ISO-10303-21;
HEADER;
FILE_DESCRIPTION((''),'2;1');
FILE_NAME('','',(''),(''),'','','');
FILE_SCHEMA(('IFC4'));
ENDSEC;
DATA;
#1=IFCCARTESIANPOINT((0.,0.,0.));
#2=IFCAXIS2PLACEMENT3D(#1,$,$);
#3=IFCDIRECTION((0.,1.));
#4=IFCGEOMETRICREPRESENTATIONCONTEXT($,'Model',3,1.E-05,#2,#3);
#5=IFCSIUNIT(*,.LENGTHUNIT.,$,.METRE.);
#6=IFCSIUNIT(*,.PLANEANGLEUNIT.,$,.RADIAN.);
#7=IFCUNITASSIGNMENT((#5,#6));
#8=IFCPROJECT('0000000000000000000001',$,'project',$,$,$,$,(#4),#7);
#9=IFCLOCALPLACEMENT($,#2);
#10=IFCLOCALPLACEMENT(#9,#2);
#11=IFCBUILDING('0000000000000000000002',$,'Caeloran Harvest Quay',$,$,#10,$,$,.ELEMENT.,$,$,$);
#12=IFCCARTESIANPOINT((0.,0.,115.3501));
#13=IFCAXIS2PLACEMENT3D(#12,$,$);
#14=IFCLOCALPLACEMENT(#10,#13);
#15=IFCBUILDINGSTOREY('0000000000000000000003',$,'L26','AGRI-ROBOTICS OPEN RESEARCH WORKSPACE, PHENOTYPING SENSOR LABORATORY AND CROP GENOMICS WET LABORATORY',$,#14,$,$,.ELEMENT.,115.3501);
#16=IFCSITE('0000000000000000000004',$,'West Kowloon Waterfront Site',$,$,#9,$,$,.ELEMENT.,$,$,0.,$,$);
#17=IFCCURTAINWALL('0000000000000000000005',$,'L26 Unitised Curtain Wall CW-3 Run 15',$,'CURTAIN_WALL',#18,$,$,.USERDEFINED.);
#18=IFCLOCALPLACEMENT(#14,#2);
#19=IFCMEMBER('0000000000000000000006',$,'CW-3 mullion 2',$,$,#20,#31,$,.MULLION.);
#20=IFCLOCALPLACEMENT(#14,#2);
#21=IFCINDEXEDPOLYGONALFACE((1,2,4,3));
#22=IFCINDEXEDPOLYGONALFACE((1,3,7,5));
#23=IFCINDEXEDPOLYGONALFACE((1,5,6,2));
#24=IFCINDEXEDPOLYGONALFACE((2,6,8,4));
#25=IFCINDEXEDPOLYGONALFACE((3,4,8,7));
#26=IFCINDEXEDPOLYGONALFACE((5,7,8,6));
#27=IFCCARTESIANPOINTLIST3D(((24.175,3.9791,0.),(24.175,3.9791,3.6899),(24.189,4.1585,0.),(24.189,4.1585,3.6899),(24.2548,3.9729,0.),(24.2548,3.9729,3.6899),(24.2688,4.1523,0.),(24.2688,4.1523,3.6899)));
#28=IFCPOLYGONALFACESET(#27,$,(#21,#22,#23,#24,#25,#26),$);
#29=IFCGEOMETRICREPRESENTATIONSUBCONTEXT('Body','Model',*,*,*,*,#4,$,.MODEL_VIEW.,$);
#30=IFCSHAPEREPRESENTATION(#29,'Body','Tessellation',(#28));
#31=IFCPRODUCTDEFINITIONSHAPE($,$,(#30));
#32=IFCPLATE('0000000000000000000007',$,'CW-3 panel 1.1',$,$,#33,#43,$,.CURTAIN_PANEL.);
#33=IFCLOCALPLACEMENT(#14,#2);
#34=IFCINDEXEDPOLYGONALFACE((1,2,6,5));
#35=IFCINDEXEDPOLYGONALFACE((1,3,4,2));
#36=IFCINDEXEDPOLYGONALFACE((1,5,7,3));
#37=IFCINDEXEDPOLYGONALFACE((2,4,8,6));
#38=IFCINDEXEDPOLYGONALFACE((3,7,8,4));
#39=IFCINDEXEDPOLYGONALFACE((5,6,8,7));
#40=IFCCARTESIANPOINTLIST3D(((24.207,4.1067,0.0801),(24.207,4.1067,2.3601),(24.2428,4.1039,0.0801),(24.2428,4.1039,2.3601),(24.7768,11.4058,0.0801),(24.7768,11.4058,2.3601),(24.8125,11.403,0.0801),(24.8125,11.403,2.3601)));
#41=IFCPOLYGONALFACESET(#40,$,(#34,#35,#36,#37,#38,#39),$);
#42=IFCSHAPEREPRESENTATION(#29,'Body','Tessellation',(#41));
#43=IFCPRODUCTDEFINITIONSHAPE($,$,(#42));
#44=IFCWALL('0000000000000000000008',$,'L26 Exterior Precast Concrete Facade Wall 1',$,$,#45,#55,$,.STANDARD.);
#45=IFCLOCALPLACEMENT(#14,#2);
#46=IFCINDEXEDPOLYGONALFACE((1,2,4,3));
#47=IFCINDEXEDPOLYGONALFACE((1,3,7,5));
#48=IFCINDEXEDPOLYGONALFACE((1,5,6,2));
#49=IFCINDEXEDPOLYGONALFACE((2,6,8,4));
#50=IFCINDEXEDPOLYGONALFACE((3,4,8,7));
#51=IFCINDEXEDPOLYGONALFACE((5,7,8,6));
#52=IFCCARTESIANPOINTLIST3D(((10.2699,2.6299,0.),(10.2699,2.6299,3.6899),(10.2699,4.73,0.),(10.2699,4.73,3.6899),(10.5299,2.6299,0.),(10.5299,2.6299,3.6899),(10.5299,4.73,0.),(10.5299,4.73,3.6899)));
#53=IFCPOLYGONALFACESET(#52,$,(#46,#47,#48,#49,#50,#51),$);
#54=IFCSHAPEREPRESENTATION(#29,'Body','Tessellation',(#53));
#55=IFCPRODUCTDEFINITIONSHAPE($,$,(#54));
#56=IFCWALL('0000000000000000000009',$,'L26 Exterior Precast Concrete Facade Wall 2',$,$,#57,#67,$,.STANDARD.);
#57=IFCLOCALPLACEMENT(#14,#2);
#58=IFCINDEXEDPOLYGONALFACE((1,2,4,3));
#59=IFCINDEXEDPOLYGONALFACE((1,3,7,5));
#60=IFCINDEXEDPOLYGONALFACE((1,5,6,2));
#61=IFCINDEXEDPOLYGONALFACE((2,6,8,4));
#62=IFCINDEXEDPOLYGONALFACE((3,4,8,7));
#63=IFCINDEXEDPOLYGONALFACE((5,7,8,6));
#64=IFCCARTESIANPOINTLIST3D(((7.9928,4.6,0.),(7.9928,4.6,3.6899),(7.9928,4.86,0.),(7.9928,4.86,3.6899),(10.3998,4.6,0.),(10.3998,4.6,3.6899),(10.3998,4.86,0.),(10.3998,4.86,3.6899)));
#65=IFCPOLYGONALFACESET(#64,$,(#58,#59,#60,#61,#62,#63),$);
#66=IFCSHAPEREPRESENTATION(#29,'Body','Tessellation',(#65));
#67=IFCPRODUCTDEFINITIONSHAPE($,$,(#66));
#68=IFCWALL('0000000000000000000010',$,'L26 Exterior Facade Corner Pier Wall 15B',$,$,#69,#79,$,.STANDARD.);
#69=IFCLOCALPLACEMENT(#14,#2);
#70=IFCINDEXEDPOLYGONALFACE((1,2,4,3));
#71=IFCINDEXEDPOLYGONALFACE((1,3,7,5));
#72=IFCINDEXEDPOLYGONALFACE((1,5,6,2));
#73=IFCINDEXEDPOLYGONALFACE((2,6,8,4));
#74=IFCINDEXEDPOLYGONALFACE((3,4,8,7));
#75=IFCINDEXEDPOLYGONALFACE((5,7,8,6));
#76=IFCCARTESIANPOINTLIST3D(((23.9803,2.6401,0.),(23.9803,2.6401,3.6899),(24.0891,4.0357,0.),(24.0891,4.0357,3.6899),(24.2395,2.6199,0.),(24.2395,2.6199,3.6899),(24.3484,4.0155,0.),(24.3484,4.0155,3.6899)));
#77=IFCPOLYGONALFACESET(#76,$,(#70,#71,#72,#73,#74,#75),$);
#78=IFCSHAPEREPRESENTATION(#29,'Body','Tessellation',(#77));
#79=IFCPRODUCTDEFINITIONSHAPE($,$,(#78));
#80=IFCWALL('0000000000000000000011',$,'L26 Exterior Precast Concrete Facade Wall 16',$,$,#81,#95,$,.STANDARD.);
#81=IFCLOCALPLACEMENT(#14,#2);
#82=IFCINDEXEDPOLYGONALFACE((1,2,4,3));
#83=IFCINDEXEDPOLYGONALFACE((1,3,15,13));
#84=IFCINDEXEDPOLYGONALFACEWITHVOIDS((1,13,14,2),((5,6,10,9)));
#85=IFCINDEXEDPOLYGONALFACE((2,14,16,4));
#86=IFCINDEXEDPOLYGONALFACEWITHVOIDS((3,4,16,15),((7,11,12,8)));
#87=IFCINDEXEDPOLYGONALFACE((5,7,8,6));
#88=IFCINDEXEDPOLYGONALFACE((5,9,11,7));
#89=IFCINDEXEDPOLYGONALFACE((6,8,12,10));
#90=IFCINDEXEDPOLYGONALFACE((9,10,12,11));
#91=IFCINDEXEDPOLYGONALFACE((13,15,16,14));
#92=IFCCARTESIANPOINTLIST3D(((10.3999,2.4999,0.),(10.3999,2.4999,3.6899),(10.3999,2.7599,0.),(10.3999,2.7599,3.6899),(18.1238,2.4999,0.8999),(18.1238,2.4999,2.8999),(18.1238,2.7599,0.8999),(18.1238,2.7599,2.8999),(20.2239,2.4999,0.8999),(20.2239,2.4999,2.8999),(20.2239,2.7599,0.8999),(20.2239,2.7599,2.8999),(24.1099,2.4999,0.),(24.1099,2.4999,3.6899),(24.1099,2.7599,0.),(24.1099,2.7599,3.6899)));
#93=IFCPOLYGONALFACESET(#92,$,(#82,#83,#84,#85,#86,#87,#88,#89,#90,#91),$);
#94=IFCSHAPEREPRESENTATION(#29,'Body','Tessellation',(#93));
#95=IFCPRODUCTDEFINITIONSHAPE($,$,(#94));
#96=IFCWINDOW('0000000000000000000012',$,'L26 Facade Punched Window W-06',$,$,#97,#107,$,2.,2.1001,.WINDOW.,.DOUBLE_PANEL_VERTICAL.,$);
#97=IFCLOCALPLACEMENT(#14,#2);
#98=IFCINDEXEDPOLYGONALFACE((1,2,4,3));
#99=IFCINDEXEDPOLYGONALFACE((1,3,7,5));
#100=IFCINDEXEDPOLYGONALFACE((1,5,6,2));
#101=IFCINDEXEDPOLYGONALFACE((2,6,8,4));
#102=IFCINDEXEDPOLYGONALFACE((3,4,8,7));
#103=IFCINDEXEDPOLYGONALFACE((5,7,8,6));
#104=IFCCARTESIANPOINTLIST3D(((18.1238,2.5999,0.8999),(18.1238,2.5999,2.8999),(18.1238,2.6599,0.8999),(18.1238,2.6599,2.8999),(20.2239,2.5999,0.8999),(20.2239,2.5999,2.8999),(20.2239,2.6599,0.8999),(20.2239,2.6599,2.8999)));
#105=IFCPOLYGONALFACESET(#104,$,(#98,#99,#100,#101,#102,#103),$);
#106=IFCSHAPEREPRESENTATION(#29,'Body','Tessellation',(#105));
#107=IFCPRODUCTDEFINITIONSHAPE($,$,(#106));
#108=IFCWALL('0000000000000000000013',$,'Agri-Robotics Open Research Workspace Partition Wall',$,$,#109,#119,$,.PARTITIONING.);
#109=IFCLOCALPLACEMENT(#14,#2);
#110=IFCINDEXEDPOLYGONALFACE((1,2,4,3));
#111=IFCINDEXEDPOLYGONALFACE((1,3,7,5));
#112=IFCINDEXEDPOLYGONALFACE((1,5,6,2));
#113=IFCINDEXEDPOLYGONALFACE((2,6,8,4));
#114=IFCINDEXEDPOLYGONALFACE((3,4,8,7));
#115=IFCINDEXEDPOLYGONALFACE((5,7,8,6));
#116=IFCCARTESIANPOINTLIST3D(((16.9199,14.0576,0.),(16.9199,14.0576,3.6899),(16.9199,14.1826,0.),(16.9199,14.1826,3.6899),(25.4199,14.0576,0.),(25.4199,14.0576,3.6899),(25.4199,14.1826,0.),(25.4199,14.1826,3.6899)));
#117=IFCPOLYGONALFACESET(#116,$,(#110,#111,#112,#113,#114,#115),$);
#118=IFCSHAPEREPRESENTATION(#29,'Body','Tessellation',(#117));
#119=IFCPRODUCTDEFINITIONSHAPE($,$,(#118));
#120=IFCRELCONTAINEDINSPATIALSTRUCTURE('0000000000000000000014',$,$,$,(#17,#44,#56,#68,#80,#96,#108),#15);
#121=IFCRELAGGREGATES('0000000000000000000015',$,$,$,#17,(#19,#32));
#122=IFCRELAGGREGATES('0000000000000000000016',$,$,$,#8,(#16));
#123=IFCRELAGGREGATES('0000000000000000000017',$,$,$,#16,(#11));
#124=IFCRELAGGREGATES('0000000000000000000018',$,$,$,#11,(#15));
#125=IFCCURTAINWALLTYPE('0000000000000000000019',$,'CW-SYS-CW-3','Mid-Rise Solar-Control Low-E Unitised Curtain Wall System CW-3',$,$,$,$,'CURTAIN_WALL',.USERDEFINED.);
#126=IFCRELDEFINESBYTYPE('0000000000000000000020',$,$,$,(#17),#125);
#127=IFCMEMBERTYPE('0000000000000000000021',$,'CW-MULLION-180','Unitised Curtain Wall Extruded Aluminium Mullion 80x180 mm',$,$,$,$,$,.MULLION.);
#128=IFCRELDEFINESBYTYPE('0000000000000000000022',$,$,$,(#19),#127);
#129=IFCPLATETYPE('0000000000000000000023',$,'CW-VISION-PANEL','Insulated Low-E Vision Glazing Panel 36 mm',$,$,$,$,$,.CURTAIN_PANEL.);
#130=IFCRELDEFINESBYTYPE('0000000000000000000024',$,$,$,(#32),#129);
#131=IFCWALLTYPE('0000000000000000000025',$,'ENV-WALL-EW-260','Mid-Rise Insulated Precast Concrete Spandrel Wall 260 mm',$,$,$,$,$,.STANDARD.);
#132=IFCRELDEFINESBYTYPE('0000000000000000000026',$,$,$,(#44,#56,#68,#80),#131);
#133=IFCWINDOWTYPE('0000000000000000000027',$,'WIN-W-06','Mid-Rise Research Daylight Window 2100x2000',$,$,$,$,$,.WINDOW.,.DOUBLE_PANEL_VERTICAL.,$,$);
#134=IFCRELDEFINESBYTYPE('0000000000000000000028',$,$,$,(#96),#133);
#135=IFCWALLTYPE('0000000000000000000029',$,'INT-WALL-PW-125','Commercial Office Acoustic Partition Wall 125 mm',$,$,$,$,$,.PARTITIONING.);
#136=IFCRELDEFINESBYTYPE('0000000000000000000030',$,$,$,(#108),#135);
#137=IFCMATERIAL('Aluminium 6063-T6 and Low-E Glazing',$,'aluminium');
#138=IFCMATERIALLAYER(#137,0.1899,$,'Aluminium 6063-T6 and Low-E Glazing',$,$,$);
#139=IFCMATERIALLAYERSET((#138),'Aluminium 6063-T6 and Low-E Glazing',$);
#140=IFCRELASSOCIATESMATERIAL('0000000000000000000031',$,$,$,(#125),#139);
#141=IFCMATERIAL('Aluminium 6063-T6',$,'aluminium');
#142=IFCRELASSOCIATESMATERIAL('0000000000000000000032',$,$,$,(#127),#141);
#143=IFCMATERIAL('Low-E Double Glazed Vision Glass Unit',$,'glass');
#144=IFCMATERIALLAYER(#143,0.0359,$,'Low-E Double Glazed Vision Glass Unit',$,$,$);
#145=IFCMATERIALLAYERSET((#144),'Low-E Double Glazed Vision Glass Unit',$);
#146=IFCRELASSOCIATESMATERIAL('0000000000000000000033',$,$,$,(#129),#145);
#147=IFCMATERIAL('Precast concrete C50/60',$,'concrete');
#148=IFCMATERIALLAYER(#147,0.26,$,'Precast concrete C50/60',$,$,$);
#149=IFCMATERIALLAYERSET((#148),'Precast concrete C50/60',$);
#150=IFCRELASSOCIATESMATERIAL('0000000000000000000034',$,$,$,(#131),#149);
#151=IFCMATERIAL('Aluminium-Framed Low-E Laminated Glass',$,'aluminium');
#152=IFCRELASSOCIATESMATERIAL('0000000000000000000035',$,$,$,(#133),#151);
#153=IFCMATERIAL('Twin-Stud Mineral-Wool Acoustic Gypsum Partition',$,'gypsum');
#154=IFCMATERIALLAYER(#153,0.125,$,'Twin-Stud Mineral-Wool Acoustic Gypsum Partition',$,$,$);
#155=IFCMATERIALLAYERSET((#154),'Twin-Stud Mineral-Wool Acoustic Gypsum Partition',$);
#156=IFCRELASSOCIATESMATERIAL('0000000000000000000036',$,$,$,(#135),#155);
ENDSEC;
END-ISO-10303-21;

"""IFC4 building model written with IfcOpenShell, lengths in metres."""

from ifc_helpers import new_model, si_unit, direction, frame, frame_2d, origin, origin_2d, place, context, subcontext, project, spatial, rectangle, extrude, material, layer, layer_set, material_profile, profile_set, type_object, element, fill, aggregate, save


model = new_model("IFC4")

# Units and contexts
model_context = context("Model", 3, precision=1e-05, world=origin(), true_north=direction((0.0, 1.0)))
body_context = subcontext(model_context, "Body", "Model", "MODEL_VIEW")
ifc_project = project(units=[si_unit("LENGTHUNIT", "METRE"), si_unit("PLANEANGLEUNIT", "RADIAN")], contexts=[model_context])

# Site, building, storey
site_placement = place(None, origin())
site = spatial("IfcSite", under=ifc_project, at=site_placement, Name="West Kowloon Waterfront Site", CompositionType="ELEMENT", RefElevation=0.0)
building_placement = place(site_placement, origin())
building = spatial("IfcBuilding", under=site, at=building_placement, Name="Caeloran Harvest Quay", CompositionType="ELEMENT")
storey_placement = place(building_placement, frame((0.0, 0.0, 115.3501)))
storey = spatial("IfcBuildingStorey", under=building, at=storey_placement, Name="L26", Description="AGRI-ROBOTICS OPEN RESEARCH WORKSPACE, PHENOTYPING SENSOR LABORATORY AND CROP GENOMICS WET LABORATORY", CompositionType="ELEMENT", Elevation=115.3501)

# Curtain wall, member, plate
ifc_material_1 = material(Name="Aluminium 6063-T6 and Low-E Glazing", Category="aluminium")
ifc_layer_1 = layer(ifc_material_1, 0.1899, Name="Aluminium 6063-T6 and Low-E Glazing")
ifc_layer_set_1 = layer_set([ifc_layer_1], Name="Aluminium 6063-T6 and Low-E Glazing")
curtain_wall_type = type_object("IfcCurtainWallType", Name="CW-SYS-CW-3", Description="Mid-Rise Solar-Control Low-E Unitised Curtain Wall System CW-3", ElementType="CURTAIN_WALL", PredefinedType="USERDEFINED", material=ifc_layer_set_1)
curtain_wall_placement = place(storey_placement, origin())
curtain_wall = element("IfcCurtainWall", 1, at=curtain_wall_placement, inside=storey, type_object=curtain_wall_type, Name="L26 Unitised Curtain Wall CW-3 Run 15", ObjectType="CURTAIN_WALL", PredefinedType="USERDEFINED")
ifc_material_2 = material(Name="Aluminium 6063-T6", Category="aluminium")
ifc_material_profile_1 = material_profile(ifc_material_2, rectangle(XDim=0.0801, YDim=0.1799, at=origin_2d()), Name="CW-MULLION-180")
ifc_profile_set_1 = profile_set([ifc_material_profile_1], Name="Aluminium 6063-T6")
member_type = type_object("IfcMemberType", Name="CW-MULLION-180", Description="Unitised Curtain Wall Extruded Aluminium Mullion 80x180 mm", PredefinedType="MULLION", material=ifc_profile_set_1)
member_placement = place(storey_placement, frame((24.2219, 4.0657, 0.0), z_axis=(0.0, 0.0, 1.0), x_axis=(0.996967, -0.077822, 0.0)))
member = element("IfcMember", 2, at=member_placement, type_object=member_type, Name="CW-3 mullion 2", PredefinedType="MULLION", context=body_context, shape_type="SweptSolid", body=[
    extrude(rectangle(XDim=0.0801, YDim=0.1799, at=origin_2d()), origin(), (0.0, 0.0, 1.0), 3.6899),
])
ifc_material_3 = material(Name="Low-E Double Glazed Vision Glass Unit", Category="glass")
ifc_layer_2 = layer(ifc_material_3, 0.0359, Name="Low-E Double Glazed Vision Glass Unit")
ifc_layer_set_2 = layer_set([ifc_layer_2], Name="Low-E Double Glazed Vision Glass Unit")
plate_type = type_object("IfcPlateType", Name="CW-VISION-PANEL", Description="Insulated Low-E Vision Glazing Panel 36 mm", PredefinedType="CURTAIN_PANEL", material=ifc_layer_set_2)
plate_placement = place(storey_placement, frame((24.5098, 7.7549, 0.0801), z_axis=(0.0, 0.0, 1.0), x_axis=(-0.077822, -0.996967, 0.0)))
plate = element("IfcPlate", 3, at=plate_placement, type_object=plate_type, Name="CW-3 panel 1.1", PredefinedType="CURTAIN_PANEL", context=body_context, shape_type="SweptSolid", body=[
    extrude(rectangle(XDim=7.3213, YDim=0.0359, at=origin_2d()), origin(), (0.0, 0.0, 1.0), 2.28),
])
aggregate(curtain_wall, [member, plate])

# Walls
ifc_material_4 = material(Name="Precast concrete C50/60", Category="concrete")
ifc_layer_3 = layer(ifc_material_4, 0.26, Name="Precast concrete C50/60")
ifc_layer_set_3 = layer_set([ifc_layer_3], Name="Precast concrete C50/60")
wall_type_1 = type_object("IfcWallType", Name="ENV-WALL-EW-260", Description="Mid-Rise Insulated Precast Concrete Spandrel Wall 260 mm", PredefinedType="STANDARD", material=ifc_layer_set_3)
wall_1_placement = place(storey_placement, frame((10.3999, 2.6299, 0.0), z_axis=(0.0, 0.0, 1.0), x_axis=(0.0, 1.0, 0.0)))
element("IfcWall", 4, at=wall_1_placement, inside=storey, type_object=wall_type_1, Name="L26 Exterior Precast Concrete Facade Wall 1", PredefinedType="STANDARD", context=body_context, shape_type="SweptSolid", body=[
    extrude(rectangle(XDim=2.1001, YDim=0.26, at=frame_2d((1.05, 0.0))), origin(), (0.0, 0.0, 1.0), 3.6899),
])
wall_2_placement = place(storey_placement, frame((10.3999, 4.73, 0.0), z_axis=(0.0, 0.0, 1.0), x_axis=(-1.0, 0.0, 0.0)))
element("IfcWall", 5, at=wall_2_placement, inside=storey, type_object=wall_type_1, Name="L26 Exterior Precast Concrete Facade Wall 2", PredefinedType="STANDARD", context=body_context, shape_type="SweptSolid", body=[
    extrude(rectangle(XDim=2.407, YDim=0.26, at=frame_2d((1.2036, 0.0))), origin(), (0.0, 0.0, 1.0), 3.6899),
])
wall_3_placement = place(storey_placement, frame((24.2188, 4.0256, 0.0), z_axis=(0.0, 0.0, 1.0), x_axis=(-0.077777, -0.996971, 0.0)))
element("IfcWall", 6, at=wall_3_placement, inside=storey, type_object=wall_type_1, Name="L26 Exterior Facade Corner Pier Wall 15B", PredefinedType="STANDARD", context=body_context, shape_type="SweptSolid", body=[
    extrude(rectangle(XDim=1.3999, YDim=0.26, at=frame_2d((0.7, 0.0))), origin(), (0.0, 0.0, 1.0), 3.6899),
])

# Wall, opening, window
wall_4_placement = place(storey_placement, frame((24.1099, 2.6299, 0.0), z_axis=(0.0, 0.0, 1.0), x_axis=(-1.0, 0.0, 0.0)))
wall_4 = element("IfcWall", 7, at=wall_4_placement, inside=storey, type_object=wall_type_1, Name="L26 Exterior Precast Concrete Facade Wall 16", PredefinedType="STANDARD", context=body_context, shape_type="SweptSolid", body=[
    extrude(rectangle(XDim=13.71, YDim=0.26, at=frame_2d((6.855, 0.0))), origin(), (0.0, 0.0, 1.0), 3.6899),
])
opening_placement = place(wall_4_placement, frame((3.886, 0.0, 0.8999)))
opening = element("IfcOpeningElement", 8, at=opening_placement, cuts=wall_4, PredefinedType="OPENING", context=body_context, shape_type="SweptSolid", body=[
    extrude(rectangle(XDim=2.1001, YDim=2.0, at=frame_2d((1.05, 1.0))), frame((0.0, 0.1401, 0.0), z_axis=(0.0, -1.0, 0.0), x_axis=(1.0, 0.0, 0.0)), (0.0, 0.0, 1.0), 0.28),
])
ifc_material_5 = material(Name="Aluminium-Framed Low-E Laminated Glass", Category="aluminium")
window_type = type_object("IfcWindowType", Name="WIN-W-06", Description="Mid-Rise Research Daylight Window 2100x2000", PartitioningType="DOUBLE_PANEL_VERTICAL", PredefinedType="WINDOW", material=ifc_material_5)
window_placement = place(opening_placement, origin())
window = element("IfcWindow", 9, at=window_placement, inside=storey, type_object=window_type, Name="L26 Facade Punched Window W-06", OverallHeight=2.0, OverallWidth=2.1001, PartitioningType="DOUBLE_PANEL_VERTICAL", PredefinedType="WINDOW", context=body_context, shape_type="SweptSolid", body=[
    extrude(rectangle(XDim=2.1001, YDim=2.0, at=frame_2d((1.05, 1.0))), frame((0.0, 0.03, 0.0), z_axis=(0.0, -1.0, 0.0), x_axis=(1.0, 0.0, 0.0)), (0.0, 0.0, 1.0), 0.0601),
])
fill(opening, window)

# Wall
ifc_material_6 = material(Name="Twin-Stud Mineral-Wool Acoustic Gypsum Partition", Category="gypsum")
ifc_layer_4 = layer(ifc_material_6, 0.125, Name="Twin-Stud Mineral-Wool Acoustic Gypsum Partition")
ifc_layer_set_4 = layer_set([ifc_layer_4], Name="Twin-Stud Mineral-Wool Acoustic Gypsum Partition")
wall_type_2 = type_object("IfcWallType", Name="INT-WALL-PW-125", Description="Commercial Office Acoustic Partition Wall 125 mm", PredefinedType="PARTITIONING", material=ifc_layer_set_4)
wall_5_placement = place(storey_placement, frame((16.9199, 14.1201, 0.0), z_axis=(0.0, 0.0, 1.0), x_axis=(1.0, 0.0, 0.0)))
element("IfcWall", 10, at=wall_5_placement, inside=storey, type_object=wall_type_2, Name="Agri-Robotics Open Research Workspace Partition Wall", PredefinedType="PARTITIONING", context=body_context, shape_type="SweptSolid", body=[
    extrude(rectangle(XDim=8.5, YDim=0.125, at=frame_2d((4.25, 0.0))), origin(), (0.0, 0.0, 1.0), 3.6899),
])

save(model, "model.ifc")
